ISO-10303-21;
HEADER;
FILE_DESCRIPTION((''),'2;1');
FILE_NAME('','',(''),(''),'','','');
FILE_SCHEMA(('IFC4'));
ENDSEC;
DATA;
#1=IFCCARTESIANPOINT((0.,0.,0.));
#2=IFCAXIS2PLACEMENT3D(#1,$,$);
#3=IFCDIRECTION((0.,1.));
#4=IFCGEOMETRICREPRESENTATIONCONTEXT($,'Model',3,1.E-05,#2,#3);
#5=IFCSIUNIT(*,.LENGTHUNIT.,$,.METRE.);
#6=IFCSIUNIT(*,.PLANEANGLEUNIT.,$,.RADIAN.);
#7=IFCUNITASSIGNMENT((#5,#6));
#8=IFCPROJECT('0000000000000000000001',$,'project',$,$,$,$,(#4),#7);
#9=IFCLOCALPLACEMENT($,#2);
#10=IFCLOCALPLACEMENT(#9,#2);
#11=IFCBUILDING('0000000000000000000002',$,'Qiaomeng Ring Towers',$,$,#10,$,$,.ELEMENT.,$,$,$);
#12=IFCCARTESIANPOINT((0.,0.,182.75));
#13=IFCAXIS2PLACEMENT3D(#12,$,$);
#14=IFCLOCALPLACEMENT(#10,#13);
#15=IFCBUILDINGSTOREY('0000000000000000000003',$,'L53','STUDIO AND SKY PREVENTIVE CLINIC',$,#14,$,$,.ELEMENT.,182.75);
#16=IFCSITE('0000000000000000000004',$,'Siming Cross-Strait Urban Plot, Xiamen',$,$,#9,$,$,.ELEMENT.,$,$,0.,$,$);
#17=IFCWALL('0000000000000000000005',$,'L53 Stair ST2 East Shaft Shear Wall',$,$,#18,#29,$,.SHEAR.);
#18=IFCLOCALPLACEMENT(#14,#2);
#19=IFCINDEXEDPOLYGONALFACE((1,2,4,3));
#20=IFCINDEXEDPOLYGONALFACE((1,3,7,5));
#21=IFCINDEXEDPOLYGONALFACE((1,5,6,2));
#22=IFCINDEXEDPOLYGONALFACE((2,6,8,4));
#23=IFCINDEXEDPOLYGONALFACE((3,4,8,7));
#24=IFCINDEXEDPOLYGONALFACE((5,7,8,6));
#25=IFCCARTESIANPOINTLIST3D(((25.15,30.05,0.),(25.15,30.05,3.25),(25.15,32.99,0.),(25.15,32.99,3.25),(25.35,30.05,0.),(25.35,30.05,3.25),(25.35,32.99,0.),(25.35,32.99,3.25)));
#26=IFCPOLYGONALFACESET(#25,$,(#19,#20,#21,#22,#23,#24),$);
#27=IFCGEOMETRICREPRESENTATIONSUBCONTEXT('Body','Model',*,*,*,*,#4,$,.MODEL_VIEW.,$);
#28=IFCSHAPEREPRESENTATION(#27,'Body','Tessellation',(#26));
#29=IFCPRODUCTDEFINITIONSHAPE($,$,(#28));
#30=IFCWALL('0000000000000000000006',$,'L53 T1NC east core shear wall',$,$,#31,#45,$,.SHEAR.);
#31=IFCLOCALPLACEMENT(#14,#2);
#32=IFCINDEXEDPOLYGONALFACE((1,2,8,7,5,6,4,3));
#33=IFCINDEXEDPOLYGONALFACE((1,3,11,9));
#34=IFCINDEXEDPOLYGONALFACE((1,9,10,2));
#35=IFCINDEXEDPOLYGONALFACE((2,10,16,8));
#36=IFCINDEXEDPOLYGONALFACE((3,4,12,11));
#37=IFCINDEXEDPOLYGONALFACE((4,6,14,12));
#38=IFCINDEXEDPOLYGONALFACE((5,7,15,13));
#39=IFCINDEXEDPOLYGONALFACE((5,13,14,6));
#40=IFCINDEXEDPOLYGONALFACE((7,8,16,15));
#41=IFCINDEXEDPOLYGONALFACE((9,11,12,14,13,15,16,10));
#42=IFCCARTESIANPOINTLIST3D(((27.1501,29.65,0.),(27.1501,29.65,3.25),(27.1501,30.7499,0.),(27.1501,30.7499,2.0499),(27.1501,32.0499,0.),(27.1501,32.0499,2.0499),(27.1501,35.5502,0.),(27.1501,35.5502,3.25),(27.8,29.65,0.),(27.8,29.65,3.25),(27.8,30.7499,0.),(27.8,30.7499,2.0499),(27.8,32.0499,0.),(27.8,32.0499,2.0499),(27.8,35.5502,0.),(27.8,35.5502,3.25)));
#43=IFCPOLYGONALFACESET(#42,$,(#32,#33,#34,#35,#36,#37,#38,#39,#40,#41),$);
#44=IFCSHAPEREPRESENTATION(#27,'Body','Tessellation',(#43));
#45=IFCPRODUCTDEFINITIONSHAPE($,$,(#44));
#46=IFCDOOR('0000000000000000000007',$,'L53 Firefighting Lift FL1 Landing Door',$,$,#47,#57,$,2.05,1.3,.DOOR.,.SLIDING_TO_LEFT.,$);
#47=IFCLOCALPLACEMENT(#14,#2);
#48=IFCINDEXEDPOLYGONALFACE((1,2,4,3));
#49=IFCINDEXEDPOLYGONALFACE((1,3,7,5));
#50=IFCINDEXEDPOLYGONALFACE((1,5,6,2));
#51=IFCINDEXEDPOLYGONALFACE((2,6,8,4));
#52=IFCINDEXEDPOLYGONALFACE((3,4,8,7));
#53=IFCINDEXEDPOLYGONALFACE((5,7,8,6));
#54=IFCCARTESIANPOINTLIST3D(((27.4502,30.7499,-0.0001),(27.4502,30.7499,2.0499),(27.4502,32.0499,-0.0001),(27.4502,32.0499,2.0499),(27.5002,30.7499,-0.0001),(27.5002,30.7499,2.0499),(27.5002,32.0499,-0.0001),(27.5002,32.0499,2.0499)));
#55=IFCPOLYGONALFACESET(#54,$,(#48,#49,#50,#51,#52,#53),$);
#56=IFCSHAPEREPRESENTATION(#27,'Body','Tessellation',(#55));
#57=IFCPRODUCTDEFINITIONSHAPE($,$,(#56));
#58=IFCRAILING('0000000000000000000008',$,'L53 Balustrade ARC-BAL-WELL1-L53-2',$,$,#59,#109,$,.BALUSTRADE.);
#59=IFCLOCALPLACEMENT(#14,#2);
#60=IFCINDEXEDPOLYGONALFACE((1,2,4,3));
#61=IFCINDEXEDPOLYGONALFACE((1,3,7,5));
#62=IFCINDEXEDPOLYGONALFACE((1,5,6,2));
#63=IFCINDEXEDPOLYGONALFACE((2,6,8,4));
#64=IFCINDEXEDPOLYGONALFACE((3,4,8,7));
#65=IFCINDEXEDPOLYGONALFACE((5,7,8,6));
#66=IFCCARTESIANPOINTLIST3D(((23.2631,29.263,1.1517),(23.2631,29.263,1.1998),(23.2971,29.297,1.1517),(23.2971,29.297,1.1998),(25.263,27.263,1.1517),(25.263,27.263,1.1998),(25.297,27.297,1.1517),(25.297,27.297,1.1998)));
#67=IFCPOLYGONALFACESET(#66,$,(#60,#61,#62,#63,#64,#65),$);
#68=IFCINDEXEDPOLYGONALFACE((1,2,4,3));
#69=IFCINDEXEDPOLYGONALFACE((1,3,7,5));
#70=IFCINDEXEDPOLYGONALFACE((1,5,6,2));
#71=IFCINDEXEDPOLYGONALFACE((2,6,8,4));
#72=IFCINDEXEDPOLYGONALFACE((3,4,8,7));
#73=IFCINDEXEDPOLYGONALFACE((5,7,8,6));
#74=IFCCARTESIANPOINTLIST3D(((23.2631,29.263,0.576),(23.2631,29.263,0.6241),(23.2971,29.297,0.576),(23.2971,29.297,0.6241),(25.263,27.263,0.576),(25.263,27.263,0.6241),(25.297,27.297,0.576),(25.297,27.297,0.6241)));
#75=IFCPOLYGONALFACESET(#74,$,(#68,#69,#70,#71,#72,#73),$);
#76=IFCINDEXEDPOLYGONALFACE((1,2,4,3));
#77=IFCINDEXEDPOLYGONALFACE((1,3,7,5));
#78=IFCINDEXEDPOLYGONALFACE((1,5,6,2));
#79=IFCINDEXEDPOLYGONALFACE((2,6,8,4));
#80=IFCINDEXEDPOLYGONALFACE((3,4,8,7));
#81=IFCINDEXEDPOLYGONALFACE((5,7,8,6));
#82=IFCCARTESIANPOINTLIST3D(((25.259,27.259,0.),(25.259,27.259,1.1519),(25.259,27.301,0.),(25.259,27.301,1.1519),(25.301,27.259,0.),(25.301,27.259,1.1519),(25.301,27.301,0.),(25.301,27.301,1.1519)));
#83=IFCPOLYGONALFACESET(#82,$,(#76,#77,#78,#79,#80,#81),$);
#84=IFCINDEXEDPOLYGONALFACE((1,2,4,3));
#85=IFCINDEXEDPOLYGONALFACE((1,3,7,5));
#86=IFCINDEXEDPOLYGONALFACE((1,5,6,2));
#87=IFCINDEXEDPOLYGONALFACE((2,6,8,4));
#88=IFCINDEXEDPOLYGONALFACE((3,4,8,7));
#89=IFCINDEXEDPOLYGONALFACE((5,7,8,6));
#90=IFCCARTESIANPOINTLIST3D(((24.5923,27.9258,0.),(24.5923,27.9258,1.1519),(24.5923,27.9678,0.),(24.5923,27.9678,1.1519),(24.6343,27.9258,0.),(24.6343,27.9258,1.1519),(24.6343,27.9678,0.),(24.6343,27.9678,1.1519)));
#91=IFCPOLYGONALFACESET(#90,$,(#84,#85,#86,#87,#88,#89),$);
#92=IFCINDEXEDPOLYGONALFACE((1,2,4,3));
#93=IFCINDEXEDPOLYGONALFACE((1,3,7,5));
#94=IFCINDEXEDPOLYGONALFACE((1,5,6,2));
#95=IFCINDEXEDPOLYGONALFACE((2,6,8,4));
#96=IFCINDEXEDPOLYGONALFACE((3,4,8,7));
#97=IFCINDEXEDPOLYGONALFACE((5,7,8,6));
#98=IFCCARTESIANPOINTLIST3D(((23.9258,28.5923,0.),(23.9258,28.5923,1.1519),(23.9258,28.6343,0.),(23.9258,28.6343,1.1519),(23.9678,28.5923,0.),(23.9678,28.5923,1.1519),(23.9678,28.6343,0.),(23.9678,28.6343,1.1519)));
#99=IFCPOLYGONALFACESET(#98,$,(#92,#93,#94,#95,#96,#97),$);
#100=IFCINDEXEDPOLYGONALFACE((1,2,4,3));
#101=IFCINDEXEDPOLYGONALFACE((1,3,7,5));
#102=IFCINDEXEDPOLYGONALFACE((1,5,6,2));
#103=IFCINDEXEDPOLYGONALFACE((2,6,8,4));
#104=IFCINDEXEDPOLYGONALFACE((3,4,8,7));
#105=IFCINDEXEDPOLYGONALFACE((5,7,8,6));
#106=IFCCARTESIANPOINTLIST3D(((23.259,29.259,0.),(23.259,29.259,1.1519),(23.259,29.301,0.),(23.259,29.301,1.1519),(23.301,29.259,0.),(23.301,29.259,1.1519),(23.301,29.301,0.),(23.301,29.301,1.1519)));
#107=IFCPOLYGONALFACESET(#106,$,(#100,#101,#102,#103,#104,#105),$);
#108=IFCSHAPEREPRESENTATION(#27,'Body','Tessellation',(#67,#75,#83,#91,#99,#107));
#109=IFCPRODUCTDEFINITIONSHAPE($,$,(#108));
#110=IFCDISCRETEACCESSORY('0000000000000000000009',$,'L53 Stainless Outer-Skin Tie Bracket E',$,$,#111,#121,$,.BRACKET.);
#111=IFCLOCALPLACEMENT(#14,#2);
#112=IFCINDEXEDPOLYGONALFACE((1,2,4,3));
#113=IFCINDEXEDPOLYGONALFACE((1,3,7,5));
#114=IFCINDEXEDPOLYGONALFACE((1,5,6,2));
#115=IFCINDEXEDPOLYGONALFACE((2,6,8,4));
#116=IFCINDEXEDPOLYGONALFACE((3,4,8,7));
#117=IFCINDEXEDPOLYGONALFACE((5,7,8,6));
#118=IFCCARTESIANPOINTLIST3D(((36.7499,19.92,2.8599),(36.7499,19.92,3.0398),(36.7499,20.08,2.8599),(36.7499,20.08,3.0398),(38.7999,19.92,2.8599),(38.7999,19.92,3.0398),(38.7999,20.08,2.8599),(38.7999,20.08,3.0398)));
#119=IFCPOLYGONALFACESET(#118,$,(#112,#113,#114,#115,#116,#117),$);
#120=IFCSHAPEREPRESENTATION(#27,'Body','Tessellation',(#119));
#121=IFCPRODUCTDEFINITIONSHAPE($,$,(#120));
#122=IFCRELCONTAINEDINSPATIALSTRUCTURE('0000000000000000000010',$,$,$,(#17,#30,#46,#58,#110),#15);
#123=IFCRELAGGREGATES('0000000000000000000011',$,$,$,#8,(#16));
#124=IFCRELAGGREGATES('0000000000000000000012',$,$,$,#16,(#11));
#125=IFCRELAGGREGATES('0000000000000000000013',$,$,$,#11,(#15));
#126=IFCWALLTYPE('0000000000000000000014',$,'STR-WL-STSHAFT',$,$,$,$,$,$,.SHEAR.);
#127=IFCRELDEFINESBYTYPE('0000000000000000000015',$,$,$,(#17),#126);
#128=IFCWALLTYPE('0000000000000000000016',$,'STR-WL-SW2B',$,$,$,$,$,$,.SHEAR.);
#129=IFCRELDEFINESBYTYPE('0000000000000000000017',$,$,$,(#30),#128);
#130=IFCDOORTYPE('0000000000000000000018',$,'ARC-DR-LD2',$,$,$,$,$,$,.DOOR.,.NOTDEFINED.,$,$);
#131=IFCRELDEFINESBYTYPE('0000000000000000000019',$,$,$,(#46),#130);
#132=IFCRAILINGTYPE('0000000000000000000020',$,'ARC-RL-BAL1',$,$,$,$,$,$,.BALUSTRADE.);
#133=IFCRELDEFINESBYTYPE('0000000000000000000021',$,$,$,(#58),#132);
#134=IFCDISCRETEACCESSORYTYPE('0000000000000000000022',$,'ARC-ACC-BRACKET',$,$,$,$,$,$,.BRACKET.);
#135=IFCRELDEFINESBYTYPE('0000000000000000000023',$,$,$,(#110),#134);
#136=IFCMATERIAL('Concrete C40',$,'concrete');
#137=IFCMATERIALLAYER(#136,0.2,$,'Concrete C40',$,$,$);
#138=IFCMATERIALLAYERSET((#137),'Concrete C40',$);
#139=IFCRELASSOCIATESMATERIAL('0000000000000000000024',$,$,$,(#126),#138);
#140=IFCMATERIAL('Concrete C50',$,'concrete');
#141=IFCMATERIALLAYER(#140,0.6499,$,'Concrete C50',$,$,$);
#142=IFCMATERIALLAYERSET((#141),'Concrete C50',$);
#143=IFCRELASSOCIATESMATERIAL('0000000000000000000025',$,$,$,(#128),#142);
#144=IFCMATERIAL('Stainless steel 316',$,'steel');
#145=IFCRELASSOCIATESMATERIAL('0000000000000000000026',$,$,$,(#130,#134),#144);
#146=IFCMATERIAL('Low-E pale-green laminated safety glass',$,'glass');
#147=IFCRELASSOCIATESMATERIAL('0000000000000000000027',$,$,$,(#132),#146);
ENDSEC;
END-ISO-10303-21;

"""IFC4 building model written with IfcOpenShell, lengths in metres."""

from ifc_helpers import new_model, si_unit, direction, frame, frame_2d, origin, origin_2d, place, context, subcontext, project, spatial, rectangle, extrude, source, transform, mapped, material, layer, layer_set, type_object, element, fill, save


model = new_model("IFC4")

# Units and contexts
model_context = context("Model", 3, precision=1e-05, world=origin(), true_north=direction((0.0, 1.0)))
body_context = subcontext(model_context, "Body", "Model", "MODEL_VIEW")
ifc_project = project(units=[si_unit("LENGTHUNIT", "METRE"), si_unit("PLANEANGLEUNIT", "RADIAN")], contexts=[model_context])

# Site, building, storey
site_placement = place(None, origin())
site = spatial("IfcSite", under=ifc_project, at=site_placement, Name="Siming Cross-Strait Urban Plot, Xiamen", CompositionType="ELEMENT", RefElevation=0.0)
building_placement = place(site_placement, origin())
building = spatial("IfcBuilding", under=site, at=building_placement, Name="Qiaomeng Ring Towers", CompositionType="ELEMENT")
storey_placement = place(building_placement, frame((0.0, 0.0, 182.75)))
storey = spatial("IfcBuildingStorey", under=building, at=storey_placement, Name="L53", Description="STUDIO AND SKY PREVENTIVE CLINIC", CompositionType="ELEMENT", Elevation=182.75)

# Shared definitions
ifc_material_1 = material(Name="Concrete C50", Category="concrete")

# Shared definitions
ifc_material_2 = material(Name="Stainless steel 316", Category="steel")

# Wall
ifc_material_3 = material(Name="Concrete C40", Category="concrete")
ifc_layer_1 = layer(ifc_material_3, 0.2, Name="Concrete C40")
ifc_layer_set_1 = layer_set([ifc_layer_1], Name="Concrete C40")
wall_type_1 = type_object("IfcWallType", Name="STR-WL-STSHAFT", PredefinedType="SHEAR", material=ifc_layer_set_1)
wall_1_placement = place(storey_placement, frame((25.25, 30.05, 0.0), z_axis=(0.0, 0.0, 1.0), x_axis=(0.0, 1.0, 0.0)))
element("IfcWall", 1, at=wall_1_placement, inside=storey, type_object=wall_type_1, Name="L53 Stair ST2 East Shaft Shear Wall", PredefinedType="SHEAR", context=body_context, shape_type="SweptSolid", body=[
    extrude(rectangle(XDim=2.9399, YDim=0.2, at=frame_2d((1.47, 0.0))), origin(), (0.0, 0.0, 1.0), 3.25),
])

# Wall, opening, door
ifc_layer_2 = layer(ifc_material_1, 0.6499, Name="Concrete C50")
ifc_layer_set_2 = layer_set([ifc_layer_2], Name="Concrete C50")
wall_type_2 = type_object("IfcWallType", Name="STR-WL-SW2B", PredefinedType="SHEAR", material=ifc_layer_set_2)
wall_2_placement = place(storey_placement, frame((27.4751, 29.6499, 0.0), z_axis=(0.0, 0.0, 1.0), x_axis=(0.0, 1.0, 0.0)))
wall_2 = element("IfcWall", 2, at=wall_2_placement, inside=storey, type_object=wall_type_2, Name="L53 T1NC east core shear wall", PredefinedType="SHEAR", context=body_context, shape_type="SweptSolid", body=[
    extrude(rectangle(XDim=5.9001, YDim=0.6499, at=frame_2d((2.9502, 0.0))), origin(), (0.0, 0.0, 1.0), 3.25),
])
opening_1_placement = place(wall_2_placement, frame((1.1001, 0.0, 0.0)))
opening_1 = element("IfcOpeningElement", 3, at=opening_1_placement, cuts=wall_2, PredefinedType="OPENING", context=body_context, shape_type="SweptSolid", body=[
    extrude(rectangle(XDim=1.3, YDim=2.05, at=frame_2d((0.6499, 1.0249))), frame((0.0, 0.335, 0.0), z_axis=(0.0, -1.0, 0.0), x_axis=(1.0, 0.0, 0.0)), (0.0, 0.0, 1.0), 0.6699),
])
door_type_1 = type_object("IfcDoorType", Name="ARC-DR-LD2", OperationType="NOTDEFINED", PredefinedType="DOOR", material=ifc_material_2)
shared_shape_1 = source(origin(), body_context, "Body", "SweptSolid", [
    extrude(rectangle(XDim=1.3, YDim=2.05, at=frame_2d((0.6499, 1.0249))), frame((0.0, 0.0249, 0.0), z_axis=(0.0, -1.0, 0.0), x_axis=(1.0, 0.0, 0.0)), (0.0, 0.0, 1.0), 0.05),
])
door_1_placement = place(opening_1_placement, origin())
door_1 = element("IfcDoor", 4, at=door_1_placement, inside=storey, type_object=door_type_1, Name="L53 Firefighting Lift FL1 Landing Door", OperationType="SLIDING_TO_LEFT", OverallHeight=2.05, OverallWidth=1.3, PredefinedType="DOOR", context=body_context, shape_type="MappedRepresentation", body=[
    mapped(shared_shape_1, transform((0.0, 0.0, 0.0), x_axis=(1.0, 0.0, 0.0), y_axis=(0.0, 1.0, 0.0), z_axis=(0.0, 0.0, 1.0), scale=1.0)),
])
fill(opening_1, door_1)

# Railing
ifc_material_4 = material(Name="Low-E pale-green laminated safety glass", Category="glass")
railing_type = type_object("IfcRailingType", Name="ARC-RL-BAL1", PredefinedType="BALUSTRADE", material=ifc_material_4)
railing_placement = place(storey_placement, frame((25.28, 27.28, 0.0)))
element("IfcRailing", 5, at=railing_placement, inside=storey, type_object=railing_type, Name="L53 Balustrade ARC-BAL-WELL1-L53-2", PredefinedType="BALUSTRADE", context=body_context, shape_type="SweptSolid", body=[
    extrude(rectangle(XDim=0.0481, YDim=0.0481, at=origin_2d()), frame((0.0, 0.0, 1.1758), z_axis=(-0.707107, 0.707107, 0.0), x_axis=(-0.707107, -0.707107, 0.0)), (0.0, 0.0, 1.0), 2.8284),
    extrude(rectangle(XDim=0.0481, YDim=0.0481, at=origin_2d()), frame((0.0, 0.0, 0.6001), z_axis=(-0.707107, 0.707107, 0.0), x_axis=(-0.707107, -0.707107, 0.0)), (0.0, 0.0, 1.0), 2.8284),
    extrude(rectangle(XDim=0.042, YDim=0.042, at=origin_2d()), origin(), (0.0, 0.0, 1.0), 1.1519),
    extrude(rectangle(XDim=0.042, YDim=0.042, at=origin_2d()), frame((-0.6667, 0.6667, 0.0)), (0.0, 0.0, 1.0), 1.1519),
    extrude(rectangle(XDim=0.042, YDim=0.042, at=origin_2d()), frame((-1.3333, 1.3333, 0.0)), (0.0, 0.0, 1.0), 1.1519),
    extrude(rectangle(XDim=0.042, YDim=0.042, at=origin_2d()), frame((-2.0, 2.0, 0.0)), (0.0, 0.0, 1.0), 1.1519),
])

# Discrete accessory
discrete_accessory_type = type_object("IfcDiscreteAccessoryType", Name="ARC-ACC-BRACKET", PredefinedType="BRACKET", material=ifc_material_2)
shared_shape_2 = source(origin(), body_context, "Body", "SweptSolid", [
    extrude(rectangle(XDim=2.05, YDim=0.1599, at=origin_2d()), origin(), (0.0, 0.0, 1.0), 0.1799),
])
discrete_accessory_placement = place(storey_placement, frame((37.7749, 20.0, 2.8599), z_axis=(0.0, 0.0, 1.0), x_axis=(1.0, 0.0, 0.0)))
element("IfcDiscreteAccessory", 6, at=discrete_accessory_placement, inside=storey, type_object=discrete_accessory_type, Name="L53 Stainless Outer-Skin Tie Bracket E", PredefinedType="BRACKET", context=body_context, shape_type="MappedRepresentation", body=[
    mapped(shared_shape_2, transform((0.0, 0.0, 0.0), x_axis=(1.0, 0.0, 0.0), y_axis=(0.0, 1.0, 0.0), z_axis=(0.0, 0.0, 1.0), scale=1.0)),
])

save(model, "model.ifc")
